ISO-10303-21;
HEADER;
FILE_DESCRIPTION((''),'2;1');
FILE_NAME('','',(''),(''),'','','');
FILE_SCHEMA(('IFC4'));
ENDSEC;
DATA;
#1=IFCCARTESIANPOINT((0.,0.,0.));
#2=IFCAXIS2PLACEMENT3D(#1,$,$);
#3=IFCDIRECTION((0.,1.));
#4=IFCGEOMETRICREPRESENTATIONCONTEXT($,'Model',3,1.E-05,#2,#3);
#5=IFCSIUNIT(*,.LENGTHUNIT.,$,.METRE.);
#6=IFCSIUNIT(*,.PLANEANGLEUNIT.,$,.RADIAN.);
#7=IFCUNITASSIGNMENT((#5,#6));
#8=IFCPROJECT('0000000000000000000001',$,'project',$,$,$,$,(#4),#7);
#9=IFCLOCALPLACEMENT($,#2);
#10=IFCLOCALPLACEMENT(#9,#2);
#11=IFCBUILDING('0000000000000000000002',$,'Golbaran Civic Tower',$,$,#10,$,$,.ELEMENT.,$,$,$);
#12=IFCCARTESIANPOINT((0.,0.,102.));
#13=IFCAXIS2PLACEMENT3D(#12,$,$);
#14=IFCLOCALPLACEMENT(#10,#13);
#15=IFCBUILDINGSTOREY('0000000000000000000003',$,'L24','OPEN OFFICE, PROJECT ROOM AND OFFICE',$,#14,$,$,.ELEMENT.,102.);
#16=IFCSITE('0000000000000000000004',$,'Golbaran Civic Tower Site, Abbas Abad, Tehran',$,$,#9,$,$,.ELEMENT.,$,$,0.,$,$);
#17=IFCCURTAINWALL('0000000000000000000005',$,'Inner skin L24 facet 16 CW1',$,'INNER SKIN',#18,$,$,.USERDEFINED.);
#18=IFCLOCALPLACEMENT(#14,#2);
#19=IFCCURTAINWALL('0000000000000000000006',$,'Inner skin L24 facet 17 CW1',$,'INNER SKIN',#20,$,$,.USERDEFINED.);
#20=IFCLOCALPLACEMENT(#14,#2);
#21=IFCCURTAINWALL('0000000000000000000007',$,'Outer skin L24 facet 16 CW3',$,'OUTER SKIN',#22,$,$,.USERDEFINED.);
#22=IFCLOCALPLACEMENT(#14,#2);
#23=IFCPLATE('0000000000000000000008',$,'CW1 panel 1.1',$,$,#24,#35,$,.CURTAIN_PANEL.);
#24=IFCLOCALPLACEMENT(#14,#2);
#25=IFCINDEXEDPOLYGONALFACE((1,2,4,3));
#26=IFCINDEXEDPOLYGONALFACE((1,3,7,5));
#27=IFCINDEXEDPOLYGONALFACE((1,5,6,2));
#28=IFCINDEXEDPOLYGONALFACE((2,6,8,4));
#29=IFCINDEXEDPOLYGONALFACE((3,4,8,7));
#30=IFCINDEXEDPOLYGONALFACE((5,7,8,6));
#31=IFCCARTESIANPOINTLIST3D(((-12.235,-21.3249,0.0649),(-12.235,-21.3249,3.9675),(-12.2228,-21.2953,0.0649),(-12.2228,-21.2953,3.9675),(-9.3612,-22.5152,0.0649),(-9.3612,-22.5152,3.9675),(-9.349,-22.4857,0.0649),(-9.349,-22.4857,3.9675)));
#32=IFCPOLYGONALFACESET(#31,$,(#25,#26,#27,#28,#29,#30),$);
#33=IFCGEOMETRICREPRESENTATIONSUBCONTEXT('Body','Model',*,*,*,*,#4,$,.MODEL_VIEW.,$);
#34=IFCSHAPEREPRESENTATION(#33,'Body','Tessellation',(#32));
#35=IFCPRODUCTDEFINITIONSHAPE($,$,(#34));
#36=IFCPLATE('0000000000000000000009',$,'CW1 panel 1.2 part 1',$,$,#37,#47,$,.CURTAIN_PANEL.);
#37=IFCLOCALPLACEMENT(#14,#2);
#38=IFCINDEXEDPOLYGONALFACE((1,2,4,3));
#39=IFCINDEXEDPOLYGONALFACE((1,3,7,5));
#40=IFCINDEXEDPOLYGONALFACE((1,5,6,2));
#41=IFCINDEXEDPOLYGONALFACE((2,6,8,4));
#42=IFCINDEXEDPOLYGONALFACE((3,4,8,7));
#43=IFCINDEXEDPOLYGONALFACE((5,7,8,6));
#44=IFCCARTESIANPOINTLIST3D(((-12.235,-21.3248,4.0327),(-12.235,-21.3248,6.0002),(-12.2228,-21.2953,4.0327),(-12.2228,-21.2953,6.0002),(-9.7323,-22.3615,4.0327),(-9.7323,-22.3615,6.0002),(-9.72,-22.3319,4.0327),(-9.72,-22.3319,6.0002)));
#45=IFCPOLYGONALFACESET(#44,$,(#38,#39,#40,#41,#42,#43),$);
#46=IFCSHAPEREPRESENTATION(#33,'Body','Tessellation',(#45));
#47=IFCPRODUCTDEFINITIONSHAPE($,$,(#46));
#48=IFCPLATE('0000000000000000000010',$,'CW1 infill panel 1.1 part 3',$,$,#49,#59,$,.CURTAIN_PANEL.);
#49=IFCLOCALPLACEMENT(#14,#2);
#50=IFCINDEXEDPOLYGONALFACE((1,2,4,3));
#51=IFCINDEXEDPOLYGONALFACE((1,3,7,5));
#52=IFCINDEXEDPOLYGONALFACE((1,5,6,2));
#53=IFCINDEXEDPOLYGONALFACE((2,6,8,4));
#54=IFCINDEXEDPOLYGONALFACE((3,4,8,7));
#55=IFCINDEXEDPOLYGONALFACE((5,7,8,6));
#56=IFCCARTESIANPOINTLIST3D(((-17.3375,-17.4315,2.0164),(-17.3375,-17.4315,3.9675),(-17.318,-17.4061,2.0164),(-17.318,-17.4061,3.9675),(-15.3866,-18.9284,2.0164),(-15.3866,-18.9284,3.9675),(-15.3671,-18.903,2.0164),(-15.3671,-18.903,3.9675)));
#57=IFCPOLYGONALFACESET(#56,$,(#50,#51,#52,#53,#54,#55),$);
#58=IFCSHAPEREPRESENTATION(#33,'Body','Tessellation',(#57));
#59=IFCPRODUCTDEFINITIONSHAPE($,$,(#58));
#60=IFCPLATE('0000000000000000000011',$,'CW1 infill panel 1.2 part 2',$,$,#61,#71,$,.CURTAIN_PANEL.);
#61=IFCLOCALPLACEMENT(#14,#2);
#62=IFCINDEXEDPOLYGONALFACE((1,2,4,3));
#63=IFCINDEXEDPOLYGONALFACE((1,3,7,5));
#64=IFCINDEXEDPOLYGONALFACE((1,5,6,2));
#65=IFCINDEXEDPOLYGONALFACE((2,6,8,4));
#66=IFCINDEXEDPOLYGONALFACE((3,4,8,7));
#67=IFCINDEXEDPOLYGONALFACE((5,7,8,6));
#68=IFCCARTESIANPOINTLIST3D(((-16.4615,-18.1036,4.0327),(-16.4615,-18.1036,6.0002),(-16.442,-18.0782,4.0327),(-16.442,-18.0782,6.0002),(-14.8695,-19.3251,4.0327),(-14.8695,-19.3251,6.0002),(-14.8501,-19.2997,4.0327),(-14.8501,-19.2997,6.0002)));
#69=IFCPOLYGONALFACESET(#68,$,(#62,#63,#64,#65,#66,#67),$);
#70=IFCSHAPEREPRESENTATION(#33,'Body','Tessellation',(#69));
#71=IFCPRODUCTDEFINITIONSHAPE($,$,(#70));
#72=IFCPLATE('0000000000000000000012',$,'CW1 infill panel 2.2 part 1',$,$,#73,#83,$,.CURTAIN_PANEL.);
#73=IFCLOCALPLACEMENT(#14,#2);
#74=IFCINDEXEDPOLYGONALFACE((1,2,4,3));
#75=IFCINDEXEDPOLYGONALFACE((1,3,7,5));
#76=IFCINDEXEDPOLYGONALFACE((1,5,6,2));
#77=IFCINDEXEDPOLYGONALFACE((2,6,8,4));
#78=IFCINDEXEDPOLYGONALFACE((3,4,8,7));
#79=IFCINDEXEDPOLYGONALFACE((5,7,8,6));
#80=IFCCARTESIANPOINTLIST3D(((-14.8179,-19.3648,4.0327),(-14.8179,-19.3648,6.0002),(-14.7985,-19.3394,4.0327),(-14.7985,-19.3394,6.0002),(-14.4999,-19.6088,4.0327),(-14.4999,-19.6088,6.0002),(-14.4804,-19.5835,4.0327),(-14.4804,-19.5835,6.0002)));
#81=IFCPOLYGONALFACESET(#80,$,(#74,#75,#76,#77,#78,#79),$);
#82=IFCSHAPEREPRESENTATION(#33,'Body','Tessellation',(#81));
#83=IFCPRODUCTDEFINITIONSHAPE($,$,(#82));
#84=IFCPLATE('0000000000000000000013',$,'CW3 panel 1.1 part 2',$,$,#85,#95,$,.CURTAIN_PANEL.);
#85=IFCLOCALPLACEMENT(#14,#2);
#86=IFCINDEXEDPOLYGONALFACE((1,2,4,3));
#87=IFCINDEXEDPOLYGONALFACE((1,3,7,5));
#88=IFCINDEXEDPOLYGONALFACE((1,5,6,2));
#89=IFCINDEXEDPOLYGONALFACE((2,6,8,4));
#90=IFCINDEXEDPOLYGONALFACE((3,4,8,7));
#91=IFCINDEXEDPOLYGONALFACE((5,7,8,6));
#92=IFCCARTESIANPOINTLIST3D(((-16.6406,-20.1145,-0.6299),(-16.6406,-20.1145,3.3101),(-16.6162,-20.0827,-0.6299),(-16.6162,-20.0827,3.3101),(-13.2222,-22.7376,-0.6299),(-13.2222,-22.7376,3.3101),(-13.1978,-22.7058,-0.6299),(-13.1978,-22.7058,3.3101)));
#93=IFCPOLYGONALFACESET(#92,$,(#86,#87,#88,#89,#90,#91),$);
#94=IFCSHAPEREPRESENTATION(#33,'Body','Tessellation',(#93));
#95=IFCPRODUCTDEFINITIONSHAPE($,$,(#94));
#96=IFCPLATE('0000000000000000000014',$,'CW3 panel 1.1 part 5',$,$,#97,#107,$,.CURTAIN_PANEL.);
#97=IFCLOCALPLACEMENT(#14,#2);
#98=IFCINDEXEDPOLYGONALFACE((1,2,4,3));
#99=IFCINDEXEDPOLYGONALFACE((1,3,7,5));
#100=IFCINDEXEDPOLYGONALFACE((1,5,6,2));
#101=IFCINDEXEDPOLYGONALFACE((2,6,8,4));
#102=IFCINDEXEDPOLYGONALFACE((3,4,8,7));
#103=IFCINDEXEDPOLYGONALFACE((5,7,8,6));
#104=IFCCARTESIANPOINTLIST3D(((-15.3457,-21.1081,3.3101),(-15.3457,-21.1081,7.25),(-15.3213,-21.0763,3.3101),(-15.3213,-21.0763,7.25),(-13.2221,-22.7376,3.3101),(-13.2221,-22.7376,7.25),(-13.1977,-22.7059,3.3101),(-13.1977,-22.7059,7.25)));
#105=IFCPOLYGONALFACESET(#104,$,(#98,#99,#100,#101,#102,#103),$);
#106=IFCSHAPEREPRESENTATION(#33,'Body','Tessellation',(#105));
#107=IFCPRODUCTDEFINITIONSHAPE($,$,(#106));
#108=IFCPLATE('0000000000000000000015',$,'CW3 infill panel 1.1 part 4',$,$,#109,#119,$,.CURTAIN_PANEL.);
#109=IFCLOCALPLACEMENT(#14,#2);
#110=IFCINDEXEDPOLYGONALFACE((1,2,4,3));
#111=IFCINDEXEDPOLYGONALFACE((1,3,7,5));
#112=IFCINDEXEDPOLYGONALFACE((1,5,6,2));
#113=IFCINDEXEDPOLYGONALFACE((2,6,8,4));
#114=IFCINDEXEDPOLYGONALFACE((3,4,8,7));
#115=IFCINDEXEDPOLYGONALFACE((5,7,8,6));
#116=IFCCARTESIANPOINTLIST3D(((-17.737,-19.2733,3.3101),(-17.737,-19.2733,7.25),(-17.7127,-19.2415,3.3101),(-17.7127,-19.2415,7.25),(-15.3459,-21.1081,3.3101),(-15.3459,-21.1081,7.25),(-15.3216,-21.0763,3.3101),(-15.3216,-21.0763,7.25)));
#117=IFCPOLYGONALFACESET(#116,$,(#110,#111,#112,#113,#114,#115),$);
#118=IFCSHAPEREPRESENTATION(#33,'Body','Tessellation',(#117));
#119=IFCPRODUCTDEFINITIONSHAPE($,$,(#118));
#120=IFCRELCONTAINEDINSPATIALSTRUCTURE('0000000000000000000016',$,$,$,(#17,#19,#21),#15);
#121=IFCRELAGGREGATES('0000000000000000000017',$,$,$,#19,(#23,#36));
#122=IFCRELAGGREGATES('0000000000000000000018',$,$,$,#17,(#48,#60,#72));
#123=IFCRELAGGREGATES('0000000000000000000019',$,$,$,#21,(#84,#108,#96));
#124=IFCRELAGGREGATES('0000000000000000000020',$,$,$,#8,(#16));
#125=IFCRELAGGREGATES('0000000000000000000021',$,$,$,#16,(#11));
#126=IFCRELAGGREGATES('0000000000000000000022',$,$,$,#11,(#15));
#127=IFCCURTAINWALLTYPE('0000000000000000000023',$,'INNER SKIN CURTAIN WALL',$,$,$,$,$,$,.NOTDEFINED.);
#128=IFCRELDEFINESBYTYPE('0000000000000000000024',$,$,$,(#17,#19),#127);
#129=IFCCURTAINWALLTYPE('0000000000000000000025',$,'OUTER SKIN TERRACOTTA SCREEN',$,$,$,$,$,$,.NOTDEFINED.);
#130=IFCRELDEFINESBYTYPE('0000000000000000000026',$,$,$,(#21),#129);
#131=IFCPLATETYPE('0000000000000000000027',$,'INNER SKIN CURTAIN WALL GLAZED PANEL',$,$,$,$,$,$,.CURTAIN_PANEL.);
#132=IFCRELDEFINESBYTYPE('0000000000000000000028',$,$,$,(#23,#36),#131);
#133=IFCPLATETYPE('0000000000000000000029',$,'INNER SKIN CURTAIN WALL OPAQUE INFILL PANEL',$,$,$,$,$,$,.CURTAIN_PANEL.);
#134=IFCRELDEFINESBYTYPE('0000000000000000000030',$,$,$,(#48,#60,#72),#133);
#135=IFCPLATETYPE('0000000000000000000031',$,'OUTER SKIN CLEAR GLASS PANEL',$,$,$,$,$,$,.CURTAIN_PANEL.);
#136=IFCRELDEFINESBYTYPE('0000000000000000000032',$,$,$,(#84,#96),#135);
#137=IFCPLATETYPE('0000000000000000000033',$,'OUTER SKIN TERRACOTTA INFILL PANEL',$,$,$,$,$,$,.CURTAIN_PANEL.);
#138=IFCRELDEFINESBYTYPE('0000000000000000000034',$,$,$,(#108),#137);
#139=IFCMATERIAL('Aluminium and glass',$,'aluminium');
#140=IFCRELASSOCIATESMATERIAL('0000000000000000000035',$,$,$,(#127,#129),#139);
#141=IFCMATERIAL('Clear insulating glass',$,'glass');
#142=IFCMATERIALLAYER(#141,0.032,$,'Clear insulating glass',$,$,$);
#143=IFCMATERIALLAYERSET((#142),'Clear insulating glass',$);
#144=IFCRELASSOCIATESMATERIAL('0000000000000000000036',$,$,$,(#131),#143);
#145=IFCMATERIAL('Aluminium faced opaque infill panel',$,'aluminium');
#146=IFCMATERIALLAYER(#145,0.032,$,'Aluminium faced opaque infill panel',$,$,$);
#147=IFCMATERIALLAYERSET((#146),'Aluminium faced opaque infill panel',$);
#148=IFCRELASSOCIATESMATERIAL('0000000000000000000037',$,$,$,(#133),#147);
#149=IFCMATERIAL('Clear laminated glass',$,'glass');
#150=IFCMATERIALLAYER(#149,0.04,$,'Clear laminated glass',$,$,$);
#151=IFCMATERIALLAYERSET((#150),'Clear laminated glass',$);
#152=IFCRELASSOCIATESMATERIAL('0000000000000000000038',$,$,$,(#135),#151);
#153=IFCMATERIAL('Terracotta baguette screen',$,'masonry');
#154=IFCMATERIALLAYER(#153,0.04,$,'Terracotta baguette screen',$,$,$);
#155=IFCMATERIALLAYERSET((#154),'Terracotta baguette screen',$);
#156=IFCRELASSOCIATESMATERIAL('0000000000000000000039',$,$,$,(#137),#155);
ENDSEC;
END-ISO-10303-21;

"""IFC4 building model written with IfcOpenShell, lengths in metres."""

from ifc_helpers import new_model, si_unit, direction, frame, origin, origin_2d, place, context, subcontext, project, spatial, rectangle, extrude, material, layer, layer_set, type_object, element, aggregate, save


model = new_model("IFC4")

# Units and contexts
model_context = context("Model", 3, precision=1e-05, world=origin(), true_north=direction((0.0, 1.0)))
body_context = subcontext(model_context, "Body", "Model", "MODEL_VIEW")
ifc_project = project(units=[si_unit("LENGTHUNIT", "METRE"), si_unit("PLANEANGLEUNIT", "RADIAN")], contexts=[model_context])

# Site, building, storey
site_placement = place(None, origin())
site = spatial("IfcSite", under=ifc_project, at=site_placement, Name="Golbaran Civic Tower Site, Abbas Abad, Tehran", CompositionType="ELEMENT", RefElevation=0.0)
building_placement = place(site_placement, origin())
building = spatial("IfcBuilding", under=site, at=building_placement, Name="Golbaran Civic Tower", CompositionType="ELEMENT")
storey_placement = place(building_placement, frame((0.0, 0.0, 102.0)))
storey = spatial("IfcBuildingStorey", under=building, at=storey_placement, Name="L24", Description="OPEN OFFICE, PROJECT ROOM AND OFFICE", CompositionType="ELEMENT", Elevation=102.0)

# Curtain wall
ifc_material_1 = material(Name="Aluminium and glass", Category="aluminium")
curtain_wall_type_1 = type_object("IfcCurtainWallType", Name="INNER SKIN CURTAIN WALL", PredefinedType="NOTDEFINED", material=ifc_material_1)
curtain_wall_1_placement = place(storey_placement, origin())
curtain_wall_1 = element("IfcCurtainWall", 1, at=curtain_wall_1_placement, inside=storey, type_object=curtain_wall_type_1, Name="Inner skin L24 facet 16 CW1", ObjectType="INNER SKIN", PredefinedType="USERDEFINED")

# Curtain wall
curtain_wall_2_placement = place(storey_placement, origin())
curtain_wall_2 = element("IfcCurtainWall", 2, at=curtain_wall_2_placement, inside=storey, type_object=curtain_wall_type_1, Name="Inner skin L24 facet 17 CW1", ObjectType="INNER SKIN", PredefinedType="USERDEFINED")

# Curtain wall
curtain_wall_type_2 = type_object("IfcCurtainWallType", Name="OUTER SKIN TERRACOTTA SCREEN", PredefinedType="NOTDEFINED", material=ifc_material_1)
curtain_wall_3_placement = place(storey_placement, origin())
curtain_wall_3 = element("IfcCurtainWall", 3, at=curtain_wall_3_placement, inside=storey, type_object=curtain_wall_type_2, Name="Outer skin L24 facet 16 CW3", ObjectType="OUTER SKIN", PredefinedType="USERDEFINED")

# Plates
ifc_material_2 = material(Name="Clear insulating glass", Category="glass")
ifc_layer_1 = layer(ifc_material_2, 0.032, Name="Clear insulating glass")
ifc_layer_set_1 = layer_set([ifc_layer_1], Name="Clear insulating glass")
plate_type_1 = type_object("IfcPlateType", Name="INNER SKIN CURTAIN WALL GLAZED PANEL", PredefinedType="CURTAIN_PANEL", material=ifc_layer_set_1)
plate_1_placement = place(storey_placement, frame((-10.792, -21.9053, 0.0649), z_axis=(0.0, 0.0, 1.0), x_axis=(0.92388, -0.382683, 0.0)))
plate_1 = element("IfcPlate", 4, at=plate_1_placement, type_object=plate_type_1, Name="CW1 panel 1.1", PredefinedType="CURTAIN_PANEL", context=body_context, shape_type="SweptSolid", body=[
    extrude(rectangle(XDim=3.1106, YDim=0.032, at=origin_2d()), origin(), (0.0, 0.0, 1.0), 3.9026),
])
plate_2_placement = place(storey_placement, frame((-10.9775, -21.8284, 4.0327), z_axis=(0.0, 0.0, 1.0), x_axis=(0.92388, -0.382683, 0.0)))
plate_2 = element("IfcPlate", 5, at=plate_2_placement, type_object=plate_type_1, Name="CW1 panel 1.2 part 1", PredefinedType="CURTAIN_PANEL", context=body_context, shape_type="SweptSolid", body=[
    extrude(rectangle(XDim=2.709, YDim=0.032, at=origin_2d()), origin(), (0.0, 0.0, 1.0), 1.9675),
])
aggregate(curtain_wall_2, [plate_1, plate_2])
ifc_material_3 = material(Name="Aluminium faced opaque infill panel", Category="aluminium")
ifc_layer_2 = layer(ifc_material_3, 0.032, Name="Aluminium faced opaque infill panel")
ifc_layer_set_2 = layer_set([ifc_layer_2], Name="Aluminium faced opaque infill panel")
plate_type_2 = type_object("IfcPlateType", Name="INNER SKIN CURTAIN WALL OPAQUE INFILL PANEL", PredefinedType="CURTAIN_PANEL", material=ifc_layer_set_2)
plate_3_placement = place(storey_placement, frame((-16.3523, -18.1672, 2.0164), z_axis=(0.0, 0.0, 1.0), x_axis=(0.793353, -0.608761, 0.0)))
plate_3 = element("IfcPlate", 6, at=plate_3_placement, type_object=plate_type_2, Name="CW1 infill panel 1.1 part 3", PredefinedType="CURTAIN_PANEL", context=body_context, shape_type="SweptSolid", body=[
    extrude(rectangle(XDim=2.459, YDim=0.032, at=origin_2d()), origin(), (0.0, 0.0, 1.0), 1.9512),
])
plate_4_placement = place(storey_placement, frame((-15.6558, -18.7017, 4.0327), z_axis=(0.0, 0.0, 1.0), x_axis=(0.793353, -0.608761, 0.0)))
plate_4 = element("IfcPlate", 7, at=plate_4_placement, type_object=plate_type_2, Name="CW1 infill panel 1.2 part 2", PredefinedType="CURTAIN_PANEL", context=body_context, shape_type="SweptSolid", body=[
    extrude(rectangle(XDim=2.0066, YDim=0.032, at=origin_2d()), origin(), (0.0, 0.0, 1.0), 1.9675),
])
plate_5_placement = place(storey_placement, frame((-14.6492, -19.4741, 4.0327), z_axis=(0.0, 0.0, 1.0), x_axis=(0.793353, -0.608761, 0.0)))
plate_5 = element("IfcPlate", 8, at=plate_5_placement, type_object=plate_type_2, Name="CW1 infill panel 2.2 part 1", PredefinedType="CURTAIN_PANEL", context=body_context, shape_type="SweptSolid", body=[
    extrude(rectangle(XDim=0.4009, YDim=0.032, at=origin_2d()), origin(), (0.0, 0.0, 1.0), 1.9675),
])
aggregate(curtain_wall_1, [plate_3, plate_4, plate_5])
ifc_material_4 = material(Name="Clear laminated glass", Category="glass")
ifc_layer_3 = layer(ifc_material_4, 0.04, Name="Clear laminated glass")
ifc_layer_set_3 = layer_set([ifc_layer_3], Name="Clear laminated glass")
plate_type_3 = type_object("IfcPlateType", Name="OUTER SKIN CLEAR GLASS PANEL", PredefinedType="CURTAIN_PANEL", material=ifc_layer_set_3)
plate_6_placement = place(storey_placement, frame((-14.9192, -21.4102, -0.6299), z_axis=(0.0, 0.0, 1.0), x_axis=(0.793353, -0.608761, 0.0)))
plate_6 = element("IfcPlate", 9, at=plate_6_placement, type_object=plate_type_3, Name="CW3 panel 1.1 part 2", PredefinedType="CURTAIN_PANEL", context=body_context, shape_type="SweptSolid", body=[
    extrude(rectangle(XDim=4.3088, YDim=0.04, at=origin_2d()), origin(), (0.0, 0.0, 1.0), 3.9399),
])
plate_7_placement = place(storey_placement, frame((-14.2717, -21.907, 3.3101), z_axis=(0.0, 0.0, 1.0), x_axis=(0.793353, -0.608761, 0.0)))
plate_7 = element("IfcPlate", 10, at=plate_7_placement, type_object=plate_type_3, Name="CW3 panel 1.1 part 5", PredefinedType="CURTAIN_PANEL", context=body_context, shape_type="SweptSolid", body=[
    extrude(rectangle(XDim=2.6768, YDim=0.04, at=origin_2d()), origin(), (0.0, 0.0, 1.0), 3.9399),
])
ifc_material_5 = material(Name="Terracotta baguette screen", Category="masonry")
ifc_layer_4 = layer(ifc_material_5, 0.04, Name="Terracotta baguette screen")
ifc_layer_set_4 = layer_set([ifc_layer_4], Name="Terracotta baguette screen")
plate_type_4 = type_object("IfcPlateType", Name="OUTER SKIN TERRACOTTA INFILL PANEL", PredefinedType="CURTAIN_PANEL", material=ifc_layer_set_4)
plate_8_placement = place(storey_placement, frame((-16.5293, -20.1748, 3.3101), z_axis=(0.0, 0.0, 1.0), x_axis=(0.793353, -0.608761, 0.0)))
plate_8 = element("IfcPlate", 11, at=plate_8_placement, type_object=plate_type_4, Name="CW3 infill panel 1.1 part 4", PredefinedType="CURTAIN_PANEL", context=body_context, shape_type="SweptSolid", body=[
    extrude(rectangle(XDim=3.0139, YDim=0.04, at=origin_2d()), origin(), (0.0, 0.0, 1.0), 3.9399),
])
aggregate(curtain_wall_3, [plate_6, plate_8, plate_7])

save(model, "model.ifc")
